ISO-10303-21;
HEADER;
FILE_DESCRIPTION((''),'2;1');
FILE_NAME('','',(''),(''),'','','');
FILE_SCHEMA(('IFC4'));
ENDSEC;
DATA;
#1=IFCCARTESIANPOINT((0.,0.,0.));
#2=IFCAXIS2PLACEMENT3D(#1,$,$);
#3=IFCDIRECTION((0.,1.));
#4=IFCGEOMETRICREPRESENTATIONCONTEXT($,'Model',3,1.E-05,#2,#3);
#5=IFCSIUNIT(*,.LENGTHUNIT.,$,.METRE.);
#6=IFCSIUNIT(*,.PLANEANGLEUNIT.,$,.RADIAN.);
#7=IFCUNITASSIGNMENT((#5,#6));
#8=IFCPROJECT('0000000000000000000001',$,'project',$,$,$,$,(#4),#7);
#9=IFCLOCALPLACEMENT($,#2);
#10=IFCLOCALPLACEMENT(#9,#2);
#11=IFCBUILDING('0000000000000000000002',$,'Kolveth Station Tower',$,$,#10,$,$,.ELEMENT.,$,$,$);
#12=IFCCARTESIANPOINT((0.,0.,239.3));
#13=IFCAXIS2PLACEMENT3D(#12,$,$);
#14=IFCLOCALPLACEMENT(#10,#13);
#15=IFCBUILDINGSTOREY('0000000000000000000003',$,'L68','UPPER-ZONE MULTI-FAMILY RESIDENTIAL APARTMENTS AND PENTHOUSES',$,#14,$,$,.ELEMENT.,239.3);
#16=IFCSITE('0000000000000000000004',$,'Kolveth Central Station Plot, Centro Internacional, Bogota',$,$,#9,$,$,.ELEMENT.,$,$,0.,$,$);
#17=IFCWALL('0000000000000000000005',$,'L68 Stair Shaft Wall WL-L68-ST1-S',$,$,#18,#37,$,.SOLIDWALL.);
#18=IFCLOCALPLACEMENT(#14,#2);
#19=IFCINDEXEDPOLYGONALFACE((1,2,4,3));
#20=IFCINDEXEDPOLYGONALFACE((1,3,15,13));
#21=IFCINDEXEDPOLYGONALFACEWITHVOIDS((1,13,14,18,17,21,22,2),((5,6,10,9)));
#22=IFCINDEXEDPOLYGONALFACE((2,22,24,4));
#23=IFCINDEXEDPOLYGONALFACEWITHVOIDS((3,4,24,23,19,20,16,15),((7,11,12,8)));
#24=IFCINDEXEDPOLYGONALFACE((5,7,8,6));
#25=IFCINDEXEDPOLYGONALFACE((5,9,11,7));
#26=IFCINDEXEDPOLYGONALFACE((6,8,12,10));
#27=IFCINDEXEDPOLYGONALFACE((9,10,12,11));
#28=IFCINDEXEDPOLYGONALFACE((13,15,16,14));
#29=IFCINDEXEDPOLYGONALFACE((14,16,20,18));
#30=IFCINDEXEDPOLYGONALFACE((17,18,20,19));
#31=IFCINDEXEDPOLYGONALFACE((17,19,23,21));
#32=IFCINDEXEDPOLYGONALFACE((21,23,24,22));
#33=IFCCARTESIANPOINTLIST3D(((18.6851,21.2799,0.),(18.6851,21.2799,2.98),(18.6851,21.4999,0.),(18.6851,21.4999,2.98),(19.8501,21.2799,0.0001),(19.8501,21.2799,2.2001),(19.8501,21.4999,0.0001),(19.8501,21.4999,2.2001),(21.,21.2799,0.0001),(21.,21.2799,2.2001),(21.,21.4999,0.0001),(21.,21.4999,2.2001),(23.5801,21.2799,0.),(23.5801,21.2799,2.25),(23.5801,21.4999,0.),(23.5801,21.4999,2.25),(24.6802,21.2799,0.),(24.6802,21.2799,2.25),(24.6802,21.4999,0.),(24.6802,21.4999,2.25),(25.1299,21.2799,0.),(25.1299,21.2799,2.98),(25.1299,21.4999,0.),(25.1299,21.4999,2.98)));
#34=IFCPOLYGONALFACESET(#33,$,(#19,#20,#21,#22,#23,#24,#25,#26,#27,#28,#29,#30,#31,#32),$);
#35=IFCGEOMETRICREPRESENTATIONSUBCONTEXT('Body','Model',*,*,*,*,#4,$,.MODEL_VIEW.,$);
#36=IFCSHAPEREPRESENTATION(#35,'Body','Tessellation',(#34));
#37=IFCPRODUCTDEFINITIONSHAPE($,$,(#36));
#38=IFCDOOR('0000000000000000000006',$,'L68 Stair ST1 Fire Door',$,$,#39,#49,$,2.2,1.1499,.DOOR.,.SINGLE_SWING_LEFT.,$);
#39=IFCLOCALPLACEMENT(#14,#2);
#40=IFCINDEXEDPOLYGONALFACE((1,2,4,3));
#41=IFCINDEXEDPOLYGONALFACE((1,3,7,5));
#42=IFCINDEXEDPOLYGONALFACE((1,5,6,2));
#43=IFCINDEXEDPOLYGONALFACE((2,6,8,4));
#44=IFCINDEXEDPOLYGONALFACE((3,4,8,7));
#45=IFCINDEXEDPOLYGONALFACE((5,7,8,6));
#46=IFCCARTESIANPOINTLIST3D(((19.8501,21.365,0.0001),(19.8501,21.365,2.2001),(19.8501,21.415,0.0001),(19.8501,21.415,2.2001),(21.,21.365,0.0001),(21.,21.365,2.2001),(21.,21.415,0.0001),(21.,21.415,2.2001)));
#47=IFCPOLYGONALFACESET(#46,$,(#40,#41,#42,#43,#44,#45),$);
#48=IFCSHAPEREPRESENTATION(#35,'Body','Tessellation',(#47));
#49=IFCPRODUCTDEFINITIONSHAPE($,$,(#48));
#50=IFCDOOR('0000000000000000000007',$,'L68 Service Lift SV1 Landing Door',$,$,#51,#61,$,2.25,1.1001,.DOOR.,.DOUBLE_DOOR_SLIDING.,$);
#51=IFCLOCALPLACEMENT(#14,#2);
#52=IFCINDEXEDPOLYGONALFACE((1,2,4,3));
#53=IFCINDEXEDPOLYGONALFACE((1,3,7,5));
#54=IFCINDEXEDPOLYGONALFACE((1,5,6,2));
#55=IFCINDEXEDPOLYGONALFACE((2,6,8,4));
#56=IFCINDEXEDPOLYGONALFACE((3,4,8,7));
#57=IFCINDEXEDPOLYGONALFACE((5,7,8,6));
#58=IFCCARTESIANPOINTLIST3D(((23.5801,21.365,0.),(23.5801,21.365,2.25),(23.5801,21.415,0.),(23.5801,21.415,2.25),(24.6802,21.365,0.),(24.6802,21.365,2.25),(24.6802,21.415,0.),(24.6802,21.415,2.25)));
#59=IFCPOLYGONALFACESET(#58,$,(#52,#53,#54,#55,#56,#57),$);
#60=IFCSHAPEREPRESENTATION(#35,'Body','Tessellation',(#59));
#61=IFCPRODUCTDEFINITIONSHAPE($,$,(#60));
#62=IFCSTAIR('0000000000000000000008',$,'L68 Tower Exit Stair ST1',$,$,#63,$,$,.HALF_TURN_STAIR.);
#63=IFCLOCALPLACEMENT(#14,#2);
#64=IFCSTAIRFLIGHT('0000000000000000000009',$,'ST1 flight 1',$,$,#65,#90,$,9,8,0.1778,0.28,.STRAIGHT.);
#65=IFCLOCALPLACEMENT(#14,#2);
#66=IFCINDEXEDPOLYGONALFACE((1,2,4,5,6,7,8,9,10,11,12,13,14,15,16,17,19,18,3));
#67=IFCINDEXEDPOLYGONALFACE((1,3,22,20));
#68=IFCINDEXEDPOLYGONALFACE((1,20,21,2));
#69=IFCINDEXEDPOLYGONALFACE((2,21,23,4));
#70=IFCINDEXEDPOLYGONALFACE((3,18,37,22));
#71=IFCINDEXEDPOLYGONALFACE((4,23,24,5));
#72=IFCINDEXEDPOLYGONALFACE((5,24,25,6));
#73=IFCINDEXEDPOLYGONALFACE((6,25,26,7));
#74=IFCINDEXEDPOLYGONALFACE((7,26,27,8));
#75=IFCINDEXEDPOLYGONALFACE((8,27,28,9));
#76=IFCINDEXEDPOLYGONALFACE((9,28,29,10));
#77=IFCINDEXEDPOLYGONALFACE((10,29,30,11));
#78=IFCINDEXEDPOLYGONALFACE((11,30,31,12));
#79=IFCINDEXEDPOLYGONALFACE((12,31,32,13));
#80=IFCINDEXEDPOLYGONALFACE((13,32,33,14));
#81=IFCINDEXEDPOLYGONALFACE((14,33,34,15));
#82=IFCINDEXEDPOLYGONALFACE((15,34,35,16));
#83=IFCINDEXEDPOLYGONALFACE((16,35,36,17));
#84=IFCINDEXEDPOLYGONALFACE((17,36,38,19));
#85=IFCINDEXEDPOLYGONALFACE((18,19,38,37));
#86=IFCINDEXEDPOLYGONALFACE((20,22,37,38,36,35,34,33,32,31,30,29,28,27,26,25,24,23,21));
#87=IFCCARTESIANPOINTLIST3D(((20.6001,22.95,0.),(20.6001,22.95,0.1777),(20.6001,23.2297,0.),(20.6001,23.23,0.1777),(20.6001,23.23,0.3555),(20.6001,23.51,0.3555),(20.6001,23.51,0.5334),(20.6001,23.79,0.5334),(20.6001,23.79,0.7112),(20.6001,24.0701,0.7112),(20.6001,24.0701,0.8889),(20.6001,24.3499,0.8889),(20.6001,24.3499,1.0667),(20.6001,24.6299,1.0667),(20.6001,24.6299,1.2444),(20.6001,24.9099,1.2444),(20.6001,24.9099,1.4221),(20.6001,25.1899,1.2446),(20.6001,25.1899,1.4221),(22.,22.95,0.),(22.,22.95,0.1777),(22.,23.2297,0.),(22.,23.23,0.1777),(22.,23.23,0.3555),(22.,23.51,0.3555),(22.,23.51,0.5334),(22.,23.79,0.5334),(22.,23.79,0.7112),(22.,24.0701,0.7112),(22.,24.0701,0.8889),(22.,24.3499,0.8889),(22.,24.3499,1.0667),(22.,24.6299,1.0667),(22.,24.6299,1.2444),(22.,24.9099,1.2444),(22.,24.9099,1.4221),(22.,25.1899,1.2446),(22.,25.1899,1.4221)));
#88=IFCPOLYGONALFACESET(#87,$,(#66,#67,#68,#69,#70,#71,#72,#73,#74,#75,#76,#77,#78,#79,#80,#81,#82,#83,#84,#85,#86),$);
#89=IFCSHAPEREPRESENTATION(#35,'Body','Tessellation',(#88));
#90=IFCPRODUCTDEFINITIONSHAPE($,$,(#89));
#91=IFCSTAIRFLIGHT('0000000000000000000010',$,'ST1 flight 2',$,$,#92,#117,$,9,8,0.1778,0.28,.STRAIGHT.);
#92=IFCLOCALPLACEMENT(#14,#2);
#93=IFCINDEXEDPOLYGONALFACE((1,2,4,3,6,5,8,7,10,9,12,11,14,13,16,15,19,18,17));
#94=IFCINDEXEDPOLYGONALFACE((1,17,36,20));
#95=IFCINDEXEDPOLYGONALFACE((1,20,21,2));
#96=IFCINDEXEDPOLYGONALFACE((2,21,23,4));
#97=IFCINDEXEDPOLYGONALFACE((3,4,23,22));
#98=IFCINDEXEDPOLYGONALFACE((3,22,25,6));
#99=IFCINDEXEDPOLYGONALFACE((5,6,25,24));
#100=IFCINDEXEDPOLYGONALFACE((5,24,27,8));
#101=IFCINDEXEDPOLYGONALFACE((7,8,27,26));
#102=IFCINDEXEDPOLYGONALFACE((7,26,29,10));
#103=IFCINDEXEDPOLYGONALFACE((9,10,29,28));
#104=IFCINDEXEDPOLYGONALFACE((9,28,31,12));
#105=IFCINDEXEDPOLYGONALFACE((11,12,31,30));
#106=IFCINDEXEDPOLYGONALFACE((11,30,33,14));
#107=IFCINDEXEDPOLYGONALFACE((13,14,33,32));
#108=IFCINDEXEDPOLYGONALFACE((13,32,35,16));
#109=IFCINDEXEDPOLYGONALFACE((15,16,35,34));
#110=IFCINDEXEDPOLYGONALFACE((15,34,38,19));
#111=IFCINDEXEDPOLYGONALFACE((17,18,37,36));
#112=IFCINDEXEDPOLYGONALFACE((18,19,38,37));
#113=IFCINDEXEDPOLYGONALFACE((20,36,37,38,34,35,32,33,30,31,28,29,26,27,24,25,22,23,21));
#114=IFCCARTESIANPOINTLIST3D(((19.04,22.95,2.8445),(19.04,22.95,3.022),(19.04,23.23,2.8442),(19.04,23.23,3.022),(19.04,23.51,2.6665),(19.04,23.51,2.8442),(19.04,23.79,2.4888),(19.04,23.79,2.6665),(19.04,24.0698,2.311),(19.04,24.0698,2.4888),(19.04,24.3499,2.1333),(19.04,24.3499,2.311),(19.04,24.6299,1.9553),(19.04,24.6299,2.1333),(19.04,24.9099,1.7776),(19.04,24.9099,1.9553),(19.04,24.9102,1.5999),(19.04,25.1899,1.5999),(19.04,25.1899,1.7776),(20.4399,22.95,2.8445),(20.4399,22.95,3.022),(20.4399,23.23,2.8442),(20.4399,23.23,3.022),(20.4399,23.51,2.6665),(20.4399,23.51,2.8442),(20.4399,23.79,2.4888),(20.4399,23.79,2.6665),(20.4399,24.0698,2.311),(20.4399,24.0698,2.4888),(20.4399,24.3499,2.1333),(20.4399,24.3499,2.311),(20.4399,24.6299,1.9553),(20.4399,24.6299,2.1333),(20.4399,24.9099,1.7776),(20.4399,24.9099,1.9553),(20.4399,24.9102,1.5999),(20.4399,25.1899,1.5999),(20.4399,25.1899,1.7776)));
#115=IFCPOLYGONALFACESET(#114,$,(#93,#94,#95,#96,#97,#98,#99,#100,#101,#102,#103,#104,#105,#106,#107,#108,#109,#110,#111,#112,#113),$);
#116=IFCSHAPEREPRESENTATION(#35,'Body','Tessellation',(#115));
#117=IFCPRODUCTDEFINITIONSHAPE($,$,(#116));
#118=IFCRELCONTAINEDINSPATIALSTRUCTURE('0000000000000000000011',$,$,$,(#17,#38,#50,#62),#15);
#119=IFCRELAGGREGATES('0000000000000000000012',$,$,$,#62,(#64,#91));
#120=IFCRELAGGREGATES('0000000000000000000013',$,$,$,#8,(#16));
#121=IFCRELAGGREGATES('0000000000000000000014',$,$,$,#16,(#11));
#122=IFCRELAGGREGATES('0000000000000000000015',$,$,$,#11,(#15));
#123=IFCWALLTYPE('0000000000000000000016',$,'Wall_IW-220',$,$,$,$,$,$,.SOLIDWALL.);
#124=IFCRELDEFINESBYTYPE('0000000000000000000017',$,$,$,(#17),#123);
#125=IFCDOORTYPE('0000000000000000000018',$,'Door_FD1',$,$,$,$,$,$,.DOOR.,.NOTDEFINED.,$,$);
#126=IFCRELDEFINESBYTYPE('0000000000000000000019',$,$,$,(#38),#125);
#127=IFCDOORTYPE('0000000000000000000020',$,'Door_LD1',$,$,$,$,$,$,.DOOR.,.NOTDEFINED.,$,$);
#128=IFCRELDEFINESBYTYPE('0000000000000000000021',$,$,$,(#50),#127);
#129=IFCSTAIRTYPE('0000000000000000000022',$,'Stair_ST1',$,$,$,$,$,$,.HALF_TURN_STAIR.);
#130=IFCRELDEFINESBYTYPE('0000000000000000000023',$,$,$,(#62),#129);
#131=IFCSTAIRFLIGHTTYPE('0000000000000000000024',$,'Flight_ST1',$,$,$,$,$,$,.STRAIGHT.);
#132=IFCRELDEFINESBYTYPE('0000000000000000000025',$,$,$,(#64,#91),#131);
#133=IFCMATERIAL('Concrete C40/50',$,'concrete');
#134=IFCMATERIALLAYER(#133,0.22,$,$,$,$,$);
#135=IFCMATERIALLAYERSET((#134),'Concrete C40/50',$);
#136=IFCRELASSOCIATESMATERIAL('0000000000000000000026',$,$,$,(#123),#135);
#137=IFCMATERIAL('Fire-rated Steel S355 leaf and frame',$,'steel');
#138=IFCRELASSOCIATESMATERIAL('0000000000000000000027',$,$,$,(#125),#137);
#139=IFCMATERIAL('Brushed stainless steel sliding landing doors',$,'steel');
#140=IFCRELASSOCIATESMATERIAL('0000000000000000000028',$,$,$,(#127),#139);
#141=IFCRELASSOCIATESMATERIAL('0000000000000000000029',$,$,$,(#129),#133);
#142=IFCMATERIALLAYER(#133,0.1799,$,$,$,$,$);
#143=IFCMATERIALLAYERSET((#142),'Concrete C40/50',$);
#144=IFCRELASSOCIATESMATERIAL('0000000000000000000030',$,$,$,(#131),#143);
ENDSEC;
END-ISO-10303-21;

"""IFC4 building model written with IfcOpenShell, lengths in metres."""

from ifc_helpers import new_model, si_unit, direction, frame, frame_2d, origin, place, context, subcontext, project, spatial, polyline, rectangle, outline, extrude, material, layer, layer_set, type_object, element, fill, aggregate, save


model = new_model("IFC4")

# Units and contexts
model_context = context("Model", 3, precision=1e-05, world=origin(), true_north=direction((0.0, 1.0)))
body_context = subcontext(model_context, "Body", "Model", "MODEL_VIEW")
ifc_project = project(units=[si_unit("LENGTHUNIT", "METRE"), si_unit("PLANEANGLEUNIT", "RADIAN")], contexts=[model_context])

# Site, building, storey
site_placement = place(None, origin())
site = spatial("IfcSite", under=ifc_project, at=site_placement, Name="Kolveth Central Station Plot, Centro Internacional, Bogota", CompositionType="ELEMENT", RefElevation=0.0)
building_placement = place(site_placement, origin())
building = spatial("IfcBuilding", under=site, at=building_placement, Name="Kolveth Station Tower", CompositionType="ELEMENT")
storey_placement = place(building_placement, frame((0.0, 0.0, 239.3)))
storey = spatial("IfcBuildingStorey", under=building, at=storey_placement, Name="L68", Description="UPPER-ZONE MULTI-FAMILY RESIDENTIAL APARTMENTS AND PENTHOUSES", CompositionType="ELEMENT", Elevation=239.3)

# Shared definitions
ifc_material_1 = material(Name="Concrete C40/50", Category="concrete")
ifc_layer_1 = layer(ifc_material_1, 0.22)
ifc_layer_set_1 = layer_set([ifc_layer_1], Name="Concrete C40/50")
wall_type_1 = type_object("IfcWallType", Name="Wall_IW-220", PredefinedType="SOLIDWALL", material=ifc_layer_set_1)

# Wall, openings, doors
wall_1_placement = place(storey_placement, frame((18.6851, 21.3899, 0.0), z_axis=(0.0, 0.0, 1.0), x_axis=(1.0, 0.0, 0.0)))
wall_1 = element("IfcWall", 1, at=wall_1_placement, inside=storey, type_object=wall_type_1, Name="L68 Stair Shaft Wall WL-L68-ST1-S", PredefinedType="SOLIDWALL", context=body_context, shape_type="SweptSolid", body=[
    extrude(rectangle(XDim=6.4448, YDim=0.22, at=frame_2d((3.2224, 0.0))), origin(), (0.0, 0.0, 1.0), 2.98),
])
opening_1_placement = place(wall_1_placement, frame((1.165, 0.0, 0.0)))
opening_1 = element("IfcOpeningElement", 2, at=opening_1_placement, cuts=wall_1, PredefinedType="OPENING", context=body_context, shape_type="SweptSolid", body=[
    extrude(rectangle(XDim=1.1499, YDim=2.2, at=frame_2d((0.575, 1.1001))), frame((0.0, 0.1199, 0.0), z_axis=(0.0, -1.0, 0.0), x_axis=(1.0, 0.0, 0.0)), (0.0, 0.0, 1.0), 0.24),
])
opening_2_placement = place(wall_1_placement, frame((4.895, 0.0, 0.0)))
opening_2 = element("IfcOpeningElement", 3, at=opening_2_placement, cuts=wall_1, PredefinedType="OPENING", context=body_context, shape_type="SweptSolid", body=[
    extrude(rectangle(XDim=1.1001, YDim=2.25, at=frame_2d((0.55, 1.125))), frame((0.0, 0.1199, 0.0), z_axis=(0.0, -1.0, 0.0), x_axis=(1.0, 0.0, 0.0)), (0.0, 0.0, 1.0), 0.24),
])
ifc_material_2 = material(Name="Fire-rated Steel S355 leaf and frame", Category="steel")
door_type_1 = type_object("IfcDoorType", Name="Door_FD1", OperationType="NOTDEFINED", PredefinedType="DOOR", material=ifc_material_2)
door_1_placement = place(opening_1_placement, frame((1.1499, 0.0, 0.0), z_axis=(0.0, 0.0, 1.0), x_axis=(-1.0, 0.0, 0.0)))
door_1 = element("IfcDoor", 4, at=door_1_placement, inside=storey, type_object=door_type_1, Name="L68 Stair ST1 Fire Door", OperationType="SINGLE_SWING_LEFT", OverallHeight=2.2, OverallWidth=1.1499, PredefinedType="DOOR", context=body_context, shape_type="SweptSolid", body=[
    extrude(rectangle(XDim=1.1499, YDim=2.2, at=frame_2d((0.575, 1.1001))), frame((0.0, 0.0249, 0.0), z_axis=(0.0, -1.0, 0.0), x_axis=(1.0, 0.0, 0.0)), (0.0, 0.0, 1.0), 0.05),
])
fill(opening_1, door_1)
ifc_material_3 = material(Name="Brushed stainless steel sliding landing doors", Category="steel")
door_type_2 = type_object("IfcDoorType", Name="Door_LD1", OperationType="NOTDEFINED", PredefinedType="DOOR", material=ifc_material_3)
door_2_placement = place(opening_2_placement, frame((1.1001, 0.0, 0.0), z_axis=(0.0, 0.0, 1.0), x_axis=(-1.0, 0.0, 0.0)))
door_2 = element("IfcDoor", 5, at=door_2_placement, inside=storey, type_object=door_type_2, Name="L68 Service Lift SV1 Landing Door", OperationType="DOUBLE_DOOR_SLIDING", OverallHeight=2.25, OverallWidth=1.1001, PredefinedType="DOOR", context=body_context, shape_type="SweptSolid", body=[
    extrude(rectangle(XDim=1.1001, YDim=2.25, at=frame_2d((0.55, 1.125))), frame((0.0, 0.0249, 0.0), z_axis=(0.0, -1.0, 0.0), x_axis=(1.0, 0.0, 0.0)), (0.0, 0.0, 1.0), 0.05),
])
fill(opening_2, door_2)

# Stair, stair flights
stair_type = type_object("IfcStairType", Name="Stair_ST1", PredefinedType="HALF_TURN_STAIR", material=ifc_material_1)
stair_placement = place(storey_placement, origin())
stair = element("IfcStair", 6, at=stair_placement, inside=storey, type_object=stair_type, Name="L68 Tower Exit Stair ST1", PredefinedType="HALF_TURN_STAIR")
ifc_layer_2 = layer(ifc_material_1, 0.1799)
ifc_layer_set_2 = layer_set([ifc_layer_2], Name="Concrete C40/50")
stair_flight_type = type_object("IfcStairFlightType", Name="Flight_ST1", PredefinedType="STRAIGHT", material=ifc_layer_set_2)
stair_flight_1_placement = place(storey_placement, frame((21.3, 22.95, 0.0), z_axis=(0.0, 0.0, 1.0), x_axis=(0.0, 1.0, 0.0)))
stair_flight_1 = element("IfcStairFlight", 7, at=stair_flight_1_placement, type_object=stair_flight_type, Name="ST1 flight 1", NumberOfRisers=9, NumberOfTreads=8, PredefinedType="STRAIGHT", RiserHeight=0.1778, TreadLength=0.28, context=body_context, shape_type="SweptSolid", body=[
    extrude(outline(polyline([(0.0, 0.0), (0.0, 0.1777), (0.28, 0.1777), (0.28, 0.3555), (0.5601, 0.3555), (0.5601, 0.5334), (0.8401, 0.5334), (0.8401, 0.7112), (1.1201, 0.7112), (1.1201, 0.8889), (1.3999, 0.8889), (1.3999, 1.0667), (1.6799, 1.0667), (1.6799, 1.2444), (1.96, 1.2444), (1.96, 1.4221), (2.24, 1.4221), (2.24, 1.6001), (2.24, 1.2446), (0.2798, 0.0), (0.0, 0.0)])), frame((0.0, 0.7, 0.0), z_axis=(0.0, -1.0, 0.0), x_axis=(1.0, 0.0, 0.0)), (0.0, 0.0, 1.0), 1.3999),
])
stair_flight_2_placement = place(storey_placement, frame((19.74, 25.1899, 1.5999), z_axis=(0.0, 0.0, 1.0), x_axis=(0.0, -1.0, 0.0)))
stair_flight_2 = element("IfcStairFlight", 8, at=stair_flight_2_placement, type_object=stair_flight_type, Name="ST1 flight 2", NumberOfRisers=9, NumberOfTreads=8, PredefinedType="STRAIGHT", RiserHeight=0.1778, TreadLength=0.28, context=body_context, shape_type="SweptSolid", body=[
    extrude(outline(polyline([(0.0, 0.0), (0.0, 0.1777), (0.28, 0.1777), (0.28, 0.3555), (0.5601, 0.3555), (0.5601, 0.5334), (0.8401, 0.5334), (0.8401, 0.7112), (1.1201, 0.7112), (1.1201, 0.8889), (1.3999, 0.8889), (1.3999, 1.0667), (1.6799, 1.0667), (1.6799, 1.2444), (1.96, 1.2444), (1.96, 1.4221), (2.24, 1.4221), (2.24, 1.6001), (2.24, 1.2446), (0.2798, 0.0), (0.0, 0.0)])), frame((0.0, 0.7, 0.0), z_axis=(0.0, -1.0, 0.0), x_axis=(1.0, 0.0, 0.0)), (0.0, 0.0, 1.0), 1.3999),
])
aggregate(stair, [stair_flight_1, stair_flight_2])

save(model, "model.ifc")
